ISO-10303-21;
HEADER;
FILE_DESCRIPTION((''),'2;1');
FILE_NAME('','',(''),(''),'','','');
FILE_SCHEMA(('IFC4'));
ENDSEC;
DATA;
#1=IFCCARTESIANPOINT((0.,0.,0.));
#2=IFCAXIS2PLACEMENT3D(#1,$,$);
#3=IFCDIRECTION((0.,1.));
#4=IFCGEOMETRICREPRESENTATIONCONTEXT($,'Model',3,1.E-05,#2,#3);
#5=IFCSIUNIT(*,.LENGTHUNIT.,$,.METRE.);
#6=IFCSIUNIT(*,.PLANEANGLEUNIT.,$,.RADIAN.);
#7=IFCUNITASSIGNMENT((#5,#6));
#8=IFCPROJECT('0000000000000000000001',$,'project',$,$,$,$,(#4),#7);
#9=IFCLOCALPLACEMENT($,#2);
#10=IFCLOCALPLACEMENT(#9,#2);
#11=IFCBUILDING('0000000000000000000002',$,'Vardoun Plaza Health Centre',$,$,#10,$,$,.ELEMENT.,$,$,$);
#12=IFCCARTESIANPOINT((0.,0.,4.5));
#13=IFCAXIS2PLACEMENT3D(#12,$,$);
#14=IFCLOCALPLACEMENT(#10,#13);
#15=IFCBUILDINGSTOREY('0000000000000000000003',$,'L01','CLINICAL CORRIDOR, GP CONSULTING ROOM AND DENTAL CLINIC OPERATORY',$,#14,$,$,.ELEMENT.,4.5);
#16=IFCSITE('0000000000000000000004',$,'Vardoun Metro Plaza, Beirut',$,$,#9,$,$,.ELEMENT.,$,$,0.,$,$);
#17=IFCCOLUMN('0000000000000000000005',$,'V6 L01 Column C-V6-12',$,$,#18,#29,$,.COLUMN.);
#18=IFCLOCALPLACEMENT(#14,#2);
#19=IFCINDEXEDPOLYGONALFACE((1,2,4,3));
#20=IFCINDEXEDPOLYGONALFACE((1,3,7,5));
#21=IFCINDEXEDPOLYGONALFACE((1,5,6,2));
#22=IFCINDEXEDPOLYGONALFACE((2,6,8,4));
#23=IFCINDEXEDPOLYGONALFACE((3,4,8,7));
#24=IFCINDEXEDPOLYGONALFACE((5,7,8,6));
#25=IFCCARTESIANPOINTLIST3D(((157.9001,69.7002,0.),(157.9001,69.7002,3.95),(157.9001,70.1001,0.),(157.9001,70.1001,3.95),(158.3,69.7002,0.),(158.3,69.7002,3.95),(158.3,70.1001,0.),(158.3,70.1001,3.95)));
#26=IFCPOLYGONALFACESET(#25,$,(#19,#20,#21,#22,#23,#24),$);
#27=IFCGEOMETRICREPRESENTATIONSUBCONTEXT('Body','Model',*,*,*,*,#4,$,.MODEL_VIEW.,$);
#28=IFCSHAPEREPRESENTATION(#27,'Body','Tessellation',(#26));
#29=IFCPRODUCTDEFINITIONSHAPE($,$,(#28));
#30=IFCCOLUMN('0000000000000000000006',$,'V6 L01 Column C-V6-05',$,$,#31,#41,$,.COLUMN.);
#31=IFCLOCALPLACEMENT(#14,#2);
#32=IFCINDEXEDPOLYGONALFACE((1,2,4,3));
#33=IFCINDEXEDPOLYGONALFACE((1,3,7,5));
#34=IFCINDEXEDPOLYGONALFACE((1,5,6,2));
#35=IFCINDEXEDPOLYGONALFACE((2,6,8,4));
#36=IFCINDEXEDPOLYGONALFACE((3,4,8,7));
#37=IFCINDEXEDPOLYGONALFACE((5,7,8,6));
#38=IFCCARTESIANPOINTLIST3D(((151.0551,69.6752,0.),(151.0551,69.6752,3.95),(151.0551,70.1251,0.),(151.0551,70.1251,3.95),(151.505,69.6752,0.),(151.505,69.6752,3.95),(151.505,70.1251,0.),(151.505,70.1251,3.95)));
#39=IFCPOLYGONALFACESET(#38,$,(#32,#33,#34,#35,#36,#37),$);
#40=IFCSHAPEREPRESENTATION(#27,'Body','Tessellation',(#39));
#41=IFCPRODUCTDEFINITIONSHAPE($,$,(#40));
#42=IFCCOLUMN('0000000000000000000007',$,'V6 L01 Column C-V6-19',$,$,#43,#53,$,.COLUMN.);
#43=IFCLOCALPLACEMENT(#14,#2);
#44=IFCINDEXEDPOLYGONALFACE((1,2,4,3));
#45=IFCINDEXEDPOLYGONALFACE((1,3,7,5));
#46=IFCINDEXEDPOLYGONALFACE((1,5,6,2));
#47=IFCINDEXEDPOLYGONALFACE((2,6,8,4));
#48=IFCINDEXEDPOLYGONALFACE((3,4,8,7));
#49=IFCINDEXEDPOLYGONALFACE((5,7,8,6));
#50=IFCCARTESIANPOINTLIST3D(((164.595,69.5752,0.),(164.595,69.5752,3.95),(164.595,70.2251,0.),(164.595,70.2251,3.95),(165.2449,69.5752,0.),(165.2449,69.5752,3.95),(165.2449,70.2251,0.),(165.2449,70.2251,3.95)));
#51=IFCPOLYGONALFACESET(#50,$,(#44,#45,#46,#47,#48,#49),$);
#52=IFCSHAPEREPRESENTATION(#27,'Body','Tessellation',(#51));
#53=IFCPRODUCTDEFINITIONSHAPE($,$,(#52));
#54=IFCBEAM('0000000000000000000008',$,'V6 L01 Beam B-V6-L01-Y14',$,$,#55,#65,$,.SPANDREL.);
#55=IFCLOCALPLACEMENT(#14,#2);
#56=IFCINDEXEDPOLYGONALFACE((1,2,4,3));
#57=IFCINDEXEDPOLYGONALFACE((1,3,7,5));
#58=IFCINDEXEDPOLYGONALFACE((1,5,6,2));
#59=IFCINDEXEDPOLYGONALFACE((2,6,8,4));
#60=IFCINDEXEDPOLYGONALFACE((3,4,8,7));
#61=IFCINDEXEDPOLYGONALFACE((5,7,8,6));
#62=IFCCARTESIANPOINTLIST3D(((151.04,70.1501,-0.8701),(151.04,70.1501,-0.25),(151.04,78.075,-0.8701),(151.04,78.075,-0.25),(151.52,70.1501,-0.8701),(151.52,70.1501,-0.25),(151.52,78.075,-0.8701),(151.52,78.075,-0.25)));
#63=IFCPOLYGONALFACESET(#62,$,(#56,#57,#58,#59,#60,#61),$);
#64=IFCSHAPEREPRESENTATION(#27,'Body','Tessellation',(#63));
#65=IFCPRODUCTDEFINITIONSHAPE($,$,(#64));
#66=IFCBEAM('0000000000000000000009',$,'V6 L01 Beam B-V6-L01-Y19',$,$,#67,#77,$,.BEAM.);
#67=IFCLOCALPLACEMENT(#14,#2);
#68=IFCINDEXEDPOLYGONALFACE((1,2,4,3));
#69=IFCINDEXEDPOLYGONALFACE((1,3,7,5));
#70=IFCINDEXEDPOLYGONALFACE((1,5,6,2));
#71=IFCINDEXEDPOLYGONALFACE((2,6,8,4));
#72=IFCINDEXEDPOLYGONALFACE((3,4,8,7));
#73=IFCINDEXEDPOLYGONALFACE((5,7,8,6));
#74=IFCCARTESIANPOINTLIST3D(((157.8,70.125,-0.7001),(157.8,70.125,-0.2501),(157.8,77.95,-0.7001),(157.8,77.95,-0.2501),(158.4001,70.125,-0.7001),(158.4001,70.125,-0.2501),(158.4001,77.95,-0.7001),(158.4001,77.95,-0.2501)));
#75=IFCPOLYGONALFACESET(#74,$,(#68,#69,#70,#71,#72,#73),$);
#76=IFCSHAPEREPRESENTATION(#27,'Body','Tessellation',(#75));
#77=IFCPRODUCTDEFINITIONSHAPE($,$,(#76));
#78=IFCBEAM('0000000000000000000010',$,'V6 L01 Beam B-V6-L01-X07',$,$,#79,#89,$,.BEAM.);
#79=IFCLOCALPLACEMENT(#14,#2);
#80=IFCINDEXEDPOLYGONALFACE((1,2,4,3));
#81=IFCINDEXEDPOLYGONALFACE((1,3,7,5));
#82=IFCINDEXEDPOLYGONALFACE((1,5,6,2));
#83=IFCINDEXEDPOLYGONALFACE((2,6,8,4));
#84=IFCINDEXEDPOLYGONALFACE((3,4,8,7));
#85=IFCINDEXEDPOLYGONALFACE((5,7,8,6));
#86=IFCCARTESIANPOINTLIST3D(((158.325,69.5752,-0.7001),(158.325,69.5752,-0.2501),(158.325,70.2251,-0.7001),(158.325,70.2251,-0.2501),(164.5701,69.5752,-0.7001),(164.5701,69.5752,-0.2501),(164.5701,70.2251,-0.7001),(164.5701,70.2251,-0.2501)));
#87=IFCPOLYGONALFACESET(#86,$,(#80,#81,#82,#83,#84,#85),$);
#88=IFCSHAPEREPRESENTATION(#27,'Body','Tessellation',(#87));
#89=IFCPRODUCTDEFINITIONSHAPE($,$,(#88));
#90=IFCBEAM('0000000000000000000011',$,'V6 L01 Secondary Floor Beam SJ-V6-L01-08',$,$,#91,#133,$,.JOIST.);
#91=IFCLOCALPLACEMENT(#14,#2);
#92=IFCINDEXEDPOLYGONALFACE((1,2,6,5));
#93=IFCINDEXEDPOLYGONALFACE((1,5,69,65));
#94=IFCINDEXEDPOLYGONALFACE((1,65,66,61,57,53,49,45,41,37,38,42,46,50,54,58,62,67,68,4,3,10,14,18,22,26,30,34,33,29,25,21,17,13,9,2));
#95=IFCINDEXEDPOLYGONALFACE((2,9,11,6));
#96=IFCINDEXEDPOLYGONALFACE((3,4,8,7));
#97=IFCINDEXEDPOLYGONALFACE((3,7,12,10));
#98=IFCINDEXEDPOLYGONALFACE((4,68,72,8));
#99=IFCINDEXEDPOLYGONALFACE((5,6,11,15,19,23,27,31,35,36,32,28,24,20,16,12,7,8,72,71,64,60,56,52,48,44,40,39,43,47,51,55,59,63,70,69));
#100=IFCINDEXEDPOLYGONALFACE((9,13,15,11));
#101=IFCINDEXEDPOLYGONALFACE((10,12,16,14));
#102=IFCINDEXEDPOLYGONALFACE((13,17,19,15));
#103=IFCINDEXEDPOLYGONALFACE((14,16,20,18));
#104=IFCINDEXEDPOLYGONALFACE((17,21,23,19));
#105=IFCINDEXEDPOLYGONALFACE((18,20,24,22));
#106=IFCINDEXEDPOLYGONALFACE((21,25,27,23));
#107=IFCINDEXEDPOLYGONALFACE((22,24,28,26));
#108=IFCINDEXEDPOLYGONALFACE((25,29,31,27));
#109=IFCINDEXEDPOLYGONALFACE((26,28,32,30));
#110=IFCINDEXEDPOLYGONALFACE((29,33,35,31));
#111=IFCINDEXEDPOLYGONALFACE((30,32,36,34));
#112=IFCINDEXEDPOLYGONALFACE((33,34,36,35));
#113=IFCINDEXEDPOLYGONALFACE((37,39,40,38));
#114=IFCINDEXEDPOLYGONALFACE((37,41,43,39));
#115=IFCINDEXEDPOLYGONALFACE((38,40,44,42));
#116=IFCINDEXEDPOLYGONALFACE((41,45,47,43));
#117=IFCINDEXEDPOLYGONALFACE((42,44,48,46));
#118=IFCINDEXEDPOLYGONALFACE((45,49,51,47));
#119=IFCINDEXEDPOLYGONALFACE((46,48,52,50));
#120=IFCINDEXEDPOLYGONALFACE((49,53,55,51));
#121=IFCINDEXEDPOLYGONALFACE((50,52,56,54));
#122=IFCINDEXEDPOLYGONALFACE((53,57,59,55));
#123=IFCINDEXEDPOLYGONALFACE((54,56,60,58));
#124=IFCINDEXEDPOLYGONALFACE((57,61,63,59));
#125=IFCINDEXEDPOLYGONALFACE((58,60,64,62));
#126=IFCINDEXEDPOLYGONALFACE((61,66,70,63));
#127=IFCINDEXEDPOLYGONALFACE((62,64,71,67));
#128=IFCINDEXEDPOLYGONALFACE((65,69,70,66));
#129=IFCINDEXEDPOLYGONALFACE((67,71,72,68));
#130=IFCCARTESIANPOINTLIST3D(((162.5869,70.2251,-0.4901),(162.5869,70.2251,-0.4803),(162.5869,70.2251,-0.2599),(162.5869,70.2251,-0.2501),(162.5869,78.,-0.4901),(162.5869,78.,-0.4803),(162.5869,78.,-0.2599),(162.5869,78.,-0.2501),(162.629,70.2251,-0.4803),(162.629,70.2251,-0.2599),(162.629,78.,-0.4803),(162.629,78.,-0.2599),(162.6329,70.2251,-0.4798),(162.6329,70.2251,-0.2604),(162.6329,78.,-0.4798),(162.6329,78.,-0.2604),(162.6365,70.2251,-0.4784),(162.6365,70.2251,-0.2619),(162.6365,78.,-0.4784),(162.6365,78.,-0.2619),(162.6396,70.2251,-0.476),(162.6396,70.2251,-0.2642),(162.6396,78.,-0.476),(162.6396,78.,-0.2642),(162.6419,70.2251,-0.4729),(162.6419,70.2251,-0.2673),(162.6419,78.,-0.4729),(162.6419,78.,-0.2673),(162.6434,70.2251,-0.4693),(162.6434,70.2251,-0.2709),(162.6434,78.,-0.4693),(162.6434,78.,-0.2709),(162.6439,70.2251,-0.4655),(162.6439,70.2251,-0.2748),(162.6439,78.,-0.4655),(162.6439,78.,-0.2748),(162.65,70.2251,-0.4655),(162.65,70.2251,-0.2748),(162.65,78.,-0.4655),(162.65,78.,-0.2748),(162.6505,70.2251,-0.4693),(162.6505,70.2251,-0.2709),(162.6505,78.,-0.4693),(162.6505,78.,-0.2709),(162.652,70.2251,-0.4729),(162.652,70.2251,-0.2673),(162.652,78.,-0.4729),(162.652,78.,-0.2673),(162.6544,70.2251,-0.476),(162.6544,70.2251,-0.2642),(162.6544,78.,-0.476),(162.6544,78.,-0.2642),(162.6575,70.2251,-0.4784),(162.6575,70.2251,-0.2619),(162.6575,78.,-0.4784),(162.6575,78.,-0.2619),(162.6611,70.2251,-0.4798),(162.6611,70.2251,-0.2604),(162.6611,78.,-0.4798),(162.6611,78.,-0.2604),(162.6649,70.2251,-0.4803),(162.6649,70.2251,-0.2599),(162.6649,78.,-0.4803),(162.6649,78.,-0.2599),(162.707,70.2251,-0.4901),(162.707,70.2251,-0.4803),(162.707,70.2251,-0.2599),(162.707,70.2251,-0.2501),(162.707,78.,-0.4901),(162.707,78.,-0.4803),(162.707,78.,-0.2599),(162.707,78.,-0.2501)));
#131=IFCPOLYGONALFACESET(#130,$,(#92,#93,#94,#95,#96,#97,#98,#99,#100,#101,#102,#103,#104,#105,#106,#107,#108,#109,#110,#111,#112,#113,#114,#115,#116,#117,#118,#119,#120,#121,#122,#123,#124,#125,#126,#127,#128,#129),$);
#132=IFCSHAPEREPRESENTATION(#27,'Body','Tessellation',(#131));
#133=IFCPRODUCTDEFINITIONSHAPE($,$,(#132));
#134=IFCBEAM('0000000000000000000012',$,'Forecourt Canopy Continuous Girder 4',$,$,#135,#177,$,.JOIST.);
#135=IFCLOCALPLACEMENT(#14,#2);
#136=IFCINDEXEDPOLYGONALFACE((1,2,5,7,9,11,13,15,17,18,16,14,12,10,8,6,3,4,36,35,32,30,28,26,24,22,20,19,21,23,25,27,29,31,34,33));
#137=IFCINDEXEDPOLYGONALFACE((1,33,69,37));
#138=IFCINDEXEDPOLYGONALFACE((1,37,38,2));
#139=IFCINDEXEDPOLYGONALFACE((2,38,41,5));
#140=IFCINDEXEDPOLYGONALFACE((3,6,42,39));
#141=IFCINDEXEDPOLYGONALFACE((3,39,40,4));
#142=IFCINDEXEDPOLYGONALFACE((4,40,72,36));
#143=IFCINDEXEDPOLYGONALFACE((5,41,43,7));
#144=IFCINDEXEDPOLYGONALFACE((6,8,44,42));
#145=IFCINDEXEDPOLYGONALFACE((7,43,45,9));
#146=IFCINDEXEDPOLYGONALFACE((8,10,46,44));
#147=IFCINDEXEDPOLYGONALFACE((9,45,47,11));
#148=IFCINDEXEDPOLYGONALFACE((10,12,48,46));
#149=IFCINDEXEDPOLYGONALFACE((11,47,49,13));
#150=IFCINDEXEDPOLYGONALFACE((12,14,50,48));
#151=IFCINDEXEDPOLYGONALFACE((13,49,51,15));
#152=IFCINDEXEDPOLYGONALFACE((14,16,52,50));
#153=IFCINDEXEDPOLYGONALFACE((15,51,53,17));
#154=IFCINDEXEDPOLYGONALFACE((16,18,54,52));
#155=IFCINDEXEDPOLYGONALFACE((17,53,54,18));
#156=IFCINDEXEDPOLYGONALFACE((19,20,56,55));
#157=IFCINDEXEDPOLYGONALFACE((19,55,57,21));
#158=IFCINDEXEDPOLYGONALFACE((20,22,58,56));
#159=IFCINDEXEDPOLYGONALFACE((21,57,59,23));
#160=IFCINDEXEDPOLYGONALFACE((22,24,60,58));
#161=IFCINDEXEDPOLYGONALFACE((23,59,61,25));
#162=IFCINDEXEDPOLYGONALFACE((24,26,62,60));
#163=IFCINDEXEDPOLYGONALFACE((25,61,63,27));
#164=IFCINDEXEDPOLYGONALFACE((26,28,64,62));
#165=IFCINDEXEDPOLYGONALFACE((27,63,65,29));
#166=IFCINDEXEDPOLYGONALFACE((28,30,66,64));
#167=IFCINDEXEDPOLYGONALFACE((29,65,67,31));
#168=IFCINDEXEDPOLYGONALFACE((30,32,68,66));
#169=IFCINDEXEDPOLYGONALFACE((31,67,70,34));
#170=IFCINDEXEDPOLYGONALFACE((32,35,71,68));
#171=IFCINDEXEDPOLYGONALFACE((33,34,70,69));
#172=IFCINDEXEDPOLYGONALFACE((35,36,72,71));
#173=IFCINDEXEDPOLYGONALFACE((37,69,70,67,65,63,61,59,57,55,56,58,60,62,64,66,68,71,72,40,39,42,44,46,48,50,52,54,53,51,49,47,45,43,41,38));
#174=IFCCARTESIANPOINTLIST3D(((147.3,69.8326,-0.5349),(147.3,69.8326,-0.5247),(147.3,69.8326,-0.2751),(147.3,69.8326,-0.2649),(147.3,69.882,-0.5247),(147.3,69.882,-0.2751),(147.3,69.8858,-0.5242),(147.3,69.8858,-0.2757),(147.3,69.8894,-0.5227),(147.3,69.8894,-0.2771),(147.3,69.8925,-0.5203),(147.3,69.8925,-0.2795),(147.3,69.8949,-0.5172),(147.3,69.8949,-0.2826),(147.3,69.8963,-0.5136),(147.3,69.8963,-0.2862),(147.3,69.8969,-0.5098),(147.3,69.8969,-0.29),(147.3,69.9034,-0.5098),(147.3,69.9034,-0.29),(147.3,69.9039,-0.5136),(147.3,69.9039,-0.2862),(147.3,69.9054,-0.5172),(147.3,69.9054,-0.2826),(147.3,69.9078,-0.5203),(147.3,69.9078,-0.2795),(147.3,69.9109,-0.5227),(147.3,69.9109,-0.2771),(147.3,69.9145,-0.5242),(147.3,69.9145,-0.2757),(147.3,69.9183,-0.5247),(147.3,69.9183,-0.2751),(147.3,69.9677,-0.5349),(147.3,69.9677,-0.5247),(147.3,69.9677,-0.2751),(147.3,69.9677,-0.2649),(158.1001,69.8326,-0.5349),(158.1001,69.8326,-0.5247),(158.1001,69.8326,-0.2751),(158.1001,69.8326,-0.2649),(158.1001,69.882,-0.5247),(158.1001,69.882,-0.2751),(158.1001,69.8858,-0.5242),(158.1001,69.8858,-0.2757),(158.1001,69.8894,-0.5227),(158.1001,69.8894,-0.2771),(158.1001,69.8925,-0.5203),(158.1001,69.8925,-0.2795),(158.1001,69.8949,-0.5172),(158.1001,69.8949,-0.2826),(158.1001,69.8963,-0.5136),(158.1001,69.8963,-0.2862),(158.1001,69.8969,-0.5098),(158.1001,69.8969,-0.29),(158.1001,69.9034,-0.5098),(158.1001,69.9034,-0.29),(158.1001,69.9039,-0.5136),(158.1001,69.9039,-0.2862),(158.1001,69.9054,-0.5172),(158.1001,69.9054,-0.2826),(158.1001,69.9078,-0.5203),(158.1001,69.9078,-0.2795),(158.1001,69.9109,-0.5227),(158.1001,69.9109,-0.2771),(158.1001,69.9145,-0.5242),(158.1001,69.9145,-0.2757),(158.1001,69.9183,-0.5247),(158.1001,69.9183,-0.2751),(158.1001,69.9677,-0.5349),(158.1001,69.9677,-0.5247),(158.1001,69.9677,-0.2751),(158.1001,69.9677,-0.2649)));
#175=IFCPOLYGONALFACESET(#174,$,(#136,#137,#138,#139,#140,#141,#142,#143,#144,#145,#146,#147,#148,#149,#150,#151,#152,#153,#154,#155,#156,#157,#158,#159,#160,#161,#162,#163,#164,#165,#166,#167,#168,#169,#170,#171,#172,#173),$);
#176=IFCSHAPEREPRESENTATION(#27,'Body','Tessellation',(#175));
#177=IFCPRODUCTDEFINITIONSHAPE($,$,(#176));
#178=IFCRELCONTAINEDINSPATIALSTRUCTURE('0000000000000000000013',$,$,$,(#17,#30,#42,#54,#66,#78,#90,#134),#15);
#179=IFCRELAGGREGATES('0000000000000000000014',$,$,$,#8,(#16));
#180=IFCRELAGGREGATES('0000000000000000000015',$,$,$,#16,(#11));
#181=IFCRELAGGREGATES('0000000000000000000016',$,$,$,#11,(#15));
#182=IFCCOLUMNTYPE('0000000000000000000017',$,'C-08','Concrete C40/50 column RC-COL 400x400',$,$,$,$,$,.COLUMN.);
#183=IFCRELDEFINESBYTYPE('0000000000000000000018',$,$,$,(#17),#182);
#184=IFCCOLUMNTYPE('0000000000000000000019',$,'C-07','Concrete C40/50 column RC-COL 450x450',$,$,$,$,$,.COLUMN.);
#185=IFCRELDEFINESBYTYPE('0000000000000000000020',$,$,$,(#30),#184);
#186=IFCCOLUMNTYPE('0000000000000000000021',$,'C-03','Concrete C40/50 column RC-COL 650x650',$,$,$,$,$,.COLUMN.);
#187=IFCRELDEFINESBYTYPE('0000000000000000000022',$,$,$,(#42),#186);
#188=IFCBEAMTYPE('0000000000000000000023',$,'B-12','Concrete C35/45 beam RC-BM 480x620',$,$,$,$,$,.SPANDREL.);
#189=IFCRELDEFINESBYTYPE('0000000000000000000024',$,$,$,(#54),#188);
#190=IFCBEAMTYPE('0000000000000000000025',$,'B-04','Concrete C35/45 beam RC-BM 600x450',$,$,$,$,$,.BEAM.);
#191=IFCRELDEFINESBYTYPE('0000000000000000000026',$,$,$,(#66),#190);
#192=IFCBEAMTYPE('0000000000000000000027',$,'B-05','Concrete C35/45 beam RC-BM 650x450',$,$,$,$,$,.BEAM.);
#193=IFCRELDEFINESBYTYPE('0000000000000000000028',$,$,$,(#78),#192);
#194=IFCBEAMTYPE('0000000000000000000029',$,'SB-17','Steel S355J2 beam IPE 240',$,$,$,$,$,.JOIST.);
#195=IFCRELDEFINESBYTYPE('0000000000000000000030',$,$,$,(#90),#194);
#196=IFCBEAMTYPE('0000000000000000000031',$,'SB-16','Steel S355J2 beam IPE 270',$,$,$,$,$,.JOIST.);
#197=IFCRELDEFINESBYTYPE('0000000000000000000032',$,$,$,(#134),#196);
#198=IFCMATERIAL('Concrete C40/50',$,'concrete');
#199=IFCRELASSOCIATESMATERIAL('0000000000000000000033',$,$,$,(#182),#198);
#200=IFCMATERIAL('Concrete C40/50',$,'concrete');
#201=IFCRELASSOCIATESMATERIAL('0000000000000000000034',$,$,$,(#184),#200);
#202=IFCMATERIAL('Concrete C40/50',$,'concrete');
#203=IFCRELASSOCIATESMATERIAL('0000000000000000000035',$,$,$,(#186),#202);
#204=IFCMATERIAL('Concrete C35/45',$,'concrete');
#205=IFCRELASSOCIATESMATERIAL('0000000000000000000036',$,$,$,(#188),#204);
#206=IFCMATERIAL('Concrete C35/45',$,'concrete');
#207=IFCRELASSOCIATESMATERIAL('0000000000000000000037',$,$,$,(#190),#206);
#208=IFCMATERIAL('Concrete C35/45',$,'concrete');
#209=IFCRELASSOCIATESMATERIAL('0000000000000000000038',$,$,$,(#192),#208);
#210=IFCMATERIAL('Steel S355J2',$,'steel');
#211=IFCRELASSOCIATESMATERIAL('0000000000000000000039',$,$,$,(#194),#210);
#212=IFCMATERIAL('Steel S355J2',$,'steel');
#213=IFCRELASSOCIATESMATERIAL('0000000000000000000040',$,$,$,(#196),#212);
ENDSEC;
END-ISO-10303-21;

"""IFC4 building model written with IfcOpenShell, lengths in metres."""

from ifc_helpers import new_model, si_unit, direction, frame, origin, origin_2d, place, context, subcontext, project, spatial, rectangle, i_section, extrude, material, material_profile, profile_set, type_object, element, save


model = new_model("IFC4")

# Units and contexts
model_context = context("Model", 3, precision=1e-05, world=origin(), true_north=direction((0.0, 1.0)))
body_context = subcontext(model_context, "Body", "Model", "MODEL_VIEW")
ifc_project = project(units=[si_unit("LENGTHUNIT", "METRE"), si_unit("PLANEANGLEUNIT", "RADIAN")], contexts=[model_context])

# Site, building, storey
site_placement = place(None, origin())
site = spatial("IfcSite", under=ifc_project, at=site_placement, Name="Vardoun Metro Plaza, Beirut", CompositionType="ELEMENT", RefElevation=0.0)
building_placement = place(site_placement, origin())
building = spatial("IfcBuilding", under=site, at=building_placement, Name="Vardoun Plaza Health Centre", CompositionType="ELEMENT")
storey_placement = place(building_placement, frame((0.0, 0.0, 4.5)))
storey = spatial("IfcBuildingStorey", under=building, at=storey_placement, Name="L01", Description="CLINICAL CORRIDOR, GP CONSULTING ROOM AND DENTAL CLINIC OPERATORY", CompositionType="ELEMENT", Elevation=4.5)

# Columns
ifc_material_1 = material(Name="Concrete C40/50", Category="concrete")
ifc_material_profile_1 = material_profile(ifc_material_1, rectangle(XDim=0.3999, YDim=0.3999, at=origin_2d()), Name="RC-COL 400x400")
ifc_profile_set_1 = profile_set([ifc_material_profile_1], Name="Concrete C40/50")
column_type_1 = type_object("IfcColumnType", Name="C-08", Description="Concrete C40/50 column RC-COL 400x400", PredefinedType="COLUMN", material=ifc_profile_set_1)
column_1_placement = place(storey_placement, frame((158.1001, 69.9001, 0.0), z_axis=(0.0, 0.0, 1.0), x_axis=(1.0, 0.0, 0.0)))
element("IfcColumn", 1, at=column_1_placement, inside=storey, type_object=column_type_1, Name="V6 L01 Column C-V6-12", PredefinedType="COLUMN", context=body_context, shape_type="SweptSolid", body=[
    extrude(rectangle(XDim=0.3999, YDim=0.3999, at=origin_2d()), origin(), (0.0, 0.0, 1.0), 3.95),
])
ifc_material_2 = material(Name="Concrete C40/50", Category="concrete")
ifc_material_profile_2 = material_profile(ifc_material_2, rectangle(XDim=0.45, YDim=0.45, at=origin_2d()), Name="RC-COL 450x450")
ifc_profile_set_2 = profile_set([ifc_material_profile_2], Name="Concrete C40/50")
column_type_2 = type_object("IfcColumnType", Name="C-07", Description="Concrete C40/50 column RC-COL 450x450", PredefinedType="COLUMN", material=ifc_profile_set_2)
column_2_placement = place(storey_placement, frame((151.28, 69.9001, 0.0), z_axis=(0.0, 0.0, 1.0), x_axis=(1.0, 0.0, 0.0)))
element("IfcColumn", 2, at=column_2_placement, inside=storey, type_object=column_type_2, Name="V6 L01 Column C-V6-05", PredefinedType="COLUMN", context=body_context, shape_type="SweptSolid", body=[
    extrude(rectangle(XDim=0.45, YDim=0.45, at=origin_2d()), origin(), (0.0, 0.0, 1.0), 3.95),
])
ifc_material_3 = material(Name="Concrete C40/50", Category="concrete")
ifc_material_profile_3 = material_profile(ifc_material_3, rectangle(XDim=0.6499, YDim=0.6499, at=origin_2d()), Name="RC-COL 650x650")
ifc_profile_set_3 = profile_set([ifc_material_profile_3], Name="Concrete C40/50")
column_type_3 = type_object("IfcColumnType", Name="C-03", Description="Concrete C40/50 column RC-COL 650x650", PredefinedType="COLUMN", material=ifc_profile_set_3)
column_3_placement = place(storey_placement, frame((164.9199, 69.9001, 0.0), z_axis=(0.0, 0.0, 1.0), x_axis=(1.0, 0.0, 0.0)))
element("IfcColumn", 3, at=column_3_placement, inside=storey, type_object=column_type_3, Name="V6 L01 Column C-V6-19", PredefinedType="COLUMN", context=body_context, shape_type="SweptSolid", body=[
    extrude(rectangle(XDim=0.6499, YDim=0.6499, at=origin_2d()), origin(), (0.0, 0.0, 1.0), 3.95),
])

# Beams
ifc_material_4 = material(Name="Concrete C35/45", Category="concrete")
ifc_material_profile_4 = material_profile(ifc_material_4, rectangle(XDim=0.48, YDim=0.6201, at=origin_2d()), Name="RC-BM 480x620")
ifc_profile_set_4 = profile_set([ifc_material_profile_4], Name="Concrete C35/45")
beam_type_1 = type_object("IfcBeamType", Name="B-12", Description="Concrete C35/45 beam RC-BM 480x620", PredefinedType="SPANDREL", material=ifc_profile_set_4)
beam_1_placement = place(storey_placement, frame((151.28, 70.1501, -0.5601), z_axis=(0.0, 1.0, 0.0), x_axis=(-1.0, 0.0, 0.0)))
element("IfcBeam", 4, at=beam_1_placement, inside=storey, type_object=beam_type_1, Name="V6 L01 Beam B-V6-L01-Y14", PredefinedType="SPANDREL", context=body_context, shape_type="SweptSolid", body=[
    extrude(rectangle(XDim=0.48, YDim=0.6201, at=origin_2d()), origin(), (0.0, 0.0, 1.0), 7.9248),
])
ifc_material_5 = material(Name="Concrete C35/45", Category="concrete")
ifc_material_profile_5 = material_profile(ifc_material_5, rectangle(XDim=0.6001, YDim=0.45, at=origin_2d()), Name="RC-BM 600x450")
ifc_profile_set_5 = profile_set([ifc_material_profile_5], Name="Concrete C35/45")
beam_type_2 = type_object("IfcBeamType", Name="B-04", Description="Concrete C35/45 beam RC-BM 600x450", PredefinedType="BEAM", material=ifc_profile_set_5)
beam_2_placement = place(storey_placement, frame((158.1001, 70.125, -0.4751), z_axis=(0.0, 1.0, 0.0), x_axis=(-1.0, 0.0, 0.0)))
element("IfcBeam", 5, at=beam_2_placement, inside=storey, type_object=beam_type_2, Name="V6 L01 Beam B-V6-L01-Y19", PredefinedType="BEAM", context=body_context, shape_type="SweptSolid", body=[
    extrude(rectangle(XDim=0.6001, YDim=0.45, at=origin_2d()), origin(), (0.0, 0.0, 1.0), 7.825),
])
ifc_material_6 = material(Name="Concrete C35/45", Category="concrete")
ifc_material_profile_6 = material_profile(ifc_material_6, rectangle(XDim=0.6499, YDim=0.45, at=origin_2d()), Name="RC-BM 650x450")
ifc_profile_set_6 = profile_set([ifc_material_profile_6], Name="Concrete C35/45")
beam_type_3 = type_object("IfcBeamType", Name="B-05", Description="Concrete C35/45 beam RC-BM 650x450", PredefinedType="BEAM", material=ifc_profile_set_6)
beam_3_placement = place(storey_placement, frame((158.325, 69.9001, -0.4751), z_axis=(1.0, 0.0, 0.0), x_axis=(0.0, 1.0, 0.0)))
element("IfcBeam", 6, at=beam_3_placement, inside=storey, type_object=beam_type_3, Name="V6 L01 Beam B-V6-L01-X07", PredefinedType="BEAM", context=body_context, shape_type="SweptSolid", body=[
    extrude(rectangle(XDim=0.6499, YDim=0.45, at=origin_2d()), origin(), (0.0, 0.0, 1.0), 6.2451),
])
ifc_material_7 = material(Name="Steel S355J2", Category="steel")
ifc_material_profile_7 = material_profile(ifc_material_7, i_section(OverallWidth=0.1201, OverallDepth=0.24, WebThickness=0.0061, FlangeThickness=0.0098, FilletRadius=0.0149, at=origin_2d()), Name="IPE 240")
ifc_profile_set_7 = profile_set([ifc_material_profile_7], Name="Steel S355J2")
beam_type_4 = type_object("IfcBeamType", Name="SB-17", Description="Steel S355J2 beam IPE 240", PredefinedType="JOIST", material=ifc_profile_set_7)
beam_4_placement = place(storey_placement, frame((162.647, 70.2251, -0.3701), z_axis=(0.0, 1.0, 0.0), x_axis=(-1.0, 0.0, 0.0)))
element("IfcBeam", 7, at=beam_4_placement, inside=storey, type_object=beam_type_4, Name="V6 L01 Secondary Floor Beam SJ-V6-L01-08", PredefinedType="JOIST", context=body_context, shape_type="SweptSolid", body=[
    extrude(i_section(OverallWidth=0.1201, OverallDepth=0.24, WebThickness=0.0061, FlangeThickness=0.0098, FilletRadius=0.0149, at=origin_2d()), origin(), (0.0, 0.0, 1.0), 7.7749),
])
ifc_material_8 = material(Name="Steel S355J2", Category="steel")
ifc_material_profile_8 = material_profile(ifc_material_8, i_section(OverallWidth=0.135, OverallDepth=0.27, WebThickness=0.0066, FlangeThickness=0.0103, FilletRadius=0.0149, at=origin_2d()), Name="IPE 270")
ifc_profile_set_8 = profile_set([ifc_material_profile_8], Name="Steel S355J2")
beam_type_5 = type_object("IfcBeamType", Name="SB-16", Description="Steel S355J2 beam IPE 270", PredefinedType="JOIST", material=ifc_profile_set_8)
beam_5_placement = place(storey_placement, frame((158.1001, 69.9001, -0.3999), z_axis=(-1.0, 0.0, 0.0), x_axis=(0.0, -1.0, 0.0)))
element("IfcBeam", 8, at=beam_5_placement, inside=storey, type_object=beam_type_5, Name="Forecourt Canopy Continuous Girder 4", PredefinedType="JOIST", context=body_context, shape_type="SweptSolid", body=[
    extrude(i_section(OverallWidth=0.135, OverallDepth=0.27, WebThickness=0.0066, FlangeThickness=0.0103, FilletRadius=0.0149, at=origin_2d()), origin(), (0.0, 0.0, 1.0), 10.8),
])

save(model, "model.ifc")
